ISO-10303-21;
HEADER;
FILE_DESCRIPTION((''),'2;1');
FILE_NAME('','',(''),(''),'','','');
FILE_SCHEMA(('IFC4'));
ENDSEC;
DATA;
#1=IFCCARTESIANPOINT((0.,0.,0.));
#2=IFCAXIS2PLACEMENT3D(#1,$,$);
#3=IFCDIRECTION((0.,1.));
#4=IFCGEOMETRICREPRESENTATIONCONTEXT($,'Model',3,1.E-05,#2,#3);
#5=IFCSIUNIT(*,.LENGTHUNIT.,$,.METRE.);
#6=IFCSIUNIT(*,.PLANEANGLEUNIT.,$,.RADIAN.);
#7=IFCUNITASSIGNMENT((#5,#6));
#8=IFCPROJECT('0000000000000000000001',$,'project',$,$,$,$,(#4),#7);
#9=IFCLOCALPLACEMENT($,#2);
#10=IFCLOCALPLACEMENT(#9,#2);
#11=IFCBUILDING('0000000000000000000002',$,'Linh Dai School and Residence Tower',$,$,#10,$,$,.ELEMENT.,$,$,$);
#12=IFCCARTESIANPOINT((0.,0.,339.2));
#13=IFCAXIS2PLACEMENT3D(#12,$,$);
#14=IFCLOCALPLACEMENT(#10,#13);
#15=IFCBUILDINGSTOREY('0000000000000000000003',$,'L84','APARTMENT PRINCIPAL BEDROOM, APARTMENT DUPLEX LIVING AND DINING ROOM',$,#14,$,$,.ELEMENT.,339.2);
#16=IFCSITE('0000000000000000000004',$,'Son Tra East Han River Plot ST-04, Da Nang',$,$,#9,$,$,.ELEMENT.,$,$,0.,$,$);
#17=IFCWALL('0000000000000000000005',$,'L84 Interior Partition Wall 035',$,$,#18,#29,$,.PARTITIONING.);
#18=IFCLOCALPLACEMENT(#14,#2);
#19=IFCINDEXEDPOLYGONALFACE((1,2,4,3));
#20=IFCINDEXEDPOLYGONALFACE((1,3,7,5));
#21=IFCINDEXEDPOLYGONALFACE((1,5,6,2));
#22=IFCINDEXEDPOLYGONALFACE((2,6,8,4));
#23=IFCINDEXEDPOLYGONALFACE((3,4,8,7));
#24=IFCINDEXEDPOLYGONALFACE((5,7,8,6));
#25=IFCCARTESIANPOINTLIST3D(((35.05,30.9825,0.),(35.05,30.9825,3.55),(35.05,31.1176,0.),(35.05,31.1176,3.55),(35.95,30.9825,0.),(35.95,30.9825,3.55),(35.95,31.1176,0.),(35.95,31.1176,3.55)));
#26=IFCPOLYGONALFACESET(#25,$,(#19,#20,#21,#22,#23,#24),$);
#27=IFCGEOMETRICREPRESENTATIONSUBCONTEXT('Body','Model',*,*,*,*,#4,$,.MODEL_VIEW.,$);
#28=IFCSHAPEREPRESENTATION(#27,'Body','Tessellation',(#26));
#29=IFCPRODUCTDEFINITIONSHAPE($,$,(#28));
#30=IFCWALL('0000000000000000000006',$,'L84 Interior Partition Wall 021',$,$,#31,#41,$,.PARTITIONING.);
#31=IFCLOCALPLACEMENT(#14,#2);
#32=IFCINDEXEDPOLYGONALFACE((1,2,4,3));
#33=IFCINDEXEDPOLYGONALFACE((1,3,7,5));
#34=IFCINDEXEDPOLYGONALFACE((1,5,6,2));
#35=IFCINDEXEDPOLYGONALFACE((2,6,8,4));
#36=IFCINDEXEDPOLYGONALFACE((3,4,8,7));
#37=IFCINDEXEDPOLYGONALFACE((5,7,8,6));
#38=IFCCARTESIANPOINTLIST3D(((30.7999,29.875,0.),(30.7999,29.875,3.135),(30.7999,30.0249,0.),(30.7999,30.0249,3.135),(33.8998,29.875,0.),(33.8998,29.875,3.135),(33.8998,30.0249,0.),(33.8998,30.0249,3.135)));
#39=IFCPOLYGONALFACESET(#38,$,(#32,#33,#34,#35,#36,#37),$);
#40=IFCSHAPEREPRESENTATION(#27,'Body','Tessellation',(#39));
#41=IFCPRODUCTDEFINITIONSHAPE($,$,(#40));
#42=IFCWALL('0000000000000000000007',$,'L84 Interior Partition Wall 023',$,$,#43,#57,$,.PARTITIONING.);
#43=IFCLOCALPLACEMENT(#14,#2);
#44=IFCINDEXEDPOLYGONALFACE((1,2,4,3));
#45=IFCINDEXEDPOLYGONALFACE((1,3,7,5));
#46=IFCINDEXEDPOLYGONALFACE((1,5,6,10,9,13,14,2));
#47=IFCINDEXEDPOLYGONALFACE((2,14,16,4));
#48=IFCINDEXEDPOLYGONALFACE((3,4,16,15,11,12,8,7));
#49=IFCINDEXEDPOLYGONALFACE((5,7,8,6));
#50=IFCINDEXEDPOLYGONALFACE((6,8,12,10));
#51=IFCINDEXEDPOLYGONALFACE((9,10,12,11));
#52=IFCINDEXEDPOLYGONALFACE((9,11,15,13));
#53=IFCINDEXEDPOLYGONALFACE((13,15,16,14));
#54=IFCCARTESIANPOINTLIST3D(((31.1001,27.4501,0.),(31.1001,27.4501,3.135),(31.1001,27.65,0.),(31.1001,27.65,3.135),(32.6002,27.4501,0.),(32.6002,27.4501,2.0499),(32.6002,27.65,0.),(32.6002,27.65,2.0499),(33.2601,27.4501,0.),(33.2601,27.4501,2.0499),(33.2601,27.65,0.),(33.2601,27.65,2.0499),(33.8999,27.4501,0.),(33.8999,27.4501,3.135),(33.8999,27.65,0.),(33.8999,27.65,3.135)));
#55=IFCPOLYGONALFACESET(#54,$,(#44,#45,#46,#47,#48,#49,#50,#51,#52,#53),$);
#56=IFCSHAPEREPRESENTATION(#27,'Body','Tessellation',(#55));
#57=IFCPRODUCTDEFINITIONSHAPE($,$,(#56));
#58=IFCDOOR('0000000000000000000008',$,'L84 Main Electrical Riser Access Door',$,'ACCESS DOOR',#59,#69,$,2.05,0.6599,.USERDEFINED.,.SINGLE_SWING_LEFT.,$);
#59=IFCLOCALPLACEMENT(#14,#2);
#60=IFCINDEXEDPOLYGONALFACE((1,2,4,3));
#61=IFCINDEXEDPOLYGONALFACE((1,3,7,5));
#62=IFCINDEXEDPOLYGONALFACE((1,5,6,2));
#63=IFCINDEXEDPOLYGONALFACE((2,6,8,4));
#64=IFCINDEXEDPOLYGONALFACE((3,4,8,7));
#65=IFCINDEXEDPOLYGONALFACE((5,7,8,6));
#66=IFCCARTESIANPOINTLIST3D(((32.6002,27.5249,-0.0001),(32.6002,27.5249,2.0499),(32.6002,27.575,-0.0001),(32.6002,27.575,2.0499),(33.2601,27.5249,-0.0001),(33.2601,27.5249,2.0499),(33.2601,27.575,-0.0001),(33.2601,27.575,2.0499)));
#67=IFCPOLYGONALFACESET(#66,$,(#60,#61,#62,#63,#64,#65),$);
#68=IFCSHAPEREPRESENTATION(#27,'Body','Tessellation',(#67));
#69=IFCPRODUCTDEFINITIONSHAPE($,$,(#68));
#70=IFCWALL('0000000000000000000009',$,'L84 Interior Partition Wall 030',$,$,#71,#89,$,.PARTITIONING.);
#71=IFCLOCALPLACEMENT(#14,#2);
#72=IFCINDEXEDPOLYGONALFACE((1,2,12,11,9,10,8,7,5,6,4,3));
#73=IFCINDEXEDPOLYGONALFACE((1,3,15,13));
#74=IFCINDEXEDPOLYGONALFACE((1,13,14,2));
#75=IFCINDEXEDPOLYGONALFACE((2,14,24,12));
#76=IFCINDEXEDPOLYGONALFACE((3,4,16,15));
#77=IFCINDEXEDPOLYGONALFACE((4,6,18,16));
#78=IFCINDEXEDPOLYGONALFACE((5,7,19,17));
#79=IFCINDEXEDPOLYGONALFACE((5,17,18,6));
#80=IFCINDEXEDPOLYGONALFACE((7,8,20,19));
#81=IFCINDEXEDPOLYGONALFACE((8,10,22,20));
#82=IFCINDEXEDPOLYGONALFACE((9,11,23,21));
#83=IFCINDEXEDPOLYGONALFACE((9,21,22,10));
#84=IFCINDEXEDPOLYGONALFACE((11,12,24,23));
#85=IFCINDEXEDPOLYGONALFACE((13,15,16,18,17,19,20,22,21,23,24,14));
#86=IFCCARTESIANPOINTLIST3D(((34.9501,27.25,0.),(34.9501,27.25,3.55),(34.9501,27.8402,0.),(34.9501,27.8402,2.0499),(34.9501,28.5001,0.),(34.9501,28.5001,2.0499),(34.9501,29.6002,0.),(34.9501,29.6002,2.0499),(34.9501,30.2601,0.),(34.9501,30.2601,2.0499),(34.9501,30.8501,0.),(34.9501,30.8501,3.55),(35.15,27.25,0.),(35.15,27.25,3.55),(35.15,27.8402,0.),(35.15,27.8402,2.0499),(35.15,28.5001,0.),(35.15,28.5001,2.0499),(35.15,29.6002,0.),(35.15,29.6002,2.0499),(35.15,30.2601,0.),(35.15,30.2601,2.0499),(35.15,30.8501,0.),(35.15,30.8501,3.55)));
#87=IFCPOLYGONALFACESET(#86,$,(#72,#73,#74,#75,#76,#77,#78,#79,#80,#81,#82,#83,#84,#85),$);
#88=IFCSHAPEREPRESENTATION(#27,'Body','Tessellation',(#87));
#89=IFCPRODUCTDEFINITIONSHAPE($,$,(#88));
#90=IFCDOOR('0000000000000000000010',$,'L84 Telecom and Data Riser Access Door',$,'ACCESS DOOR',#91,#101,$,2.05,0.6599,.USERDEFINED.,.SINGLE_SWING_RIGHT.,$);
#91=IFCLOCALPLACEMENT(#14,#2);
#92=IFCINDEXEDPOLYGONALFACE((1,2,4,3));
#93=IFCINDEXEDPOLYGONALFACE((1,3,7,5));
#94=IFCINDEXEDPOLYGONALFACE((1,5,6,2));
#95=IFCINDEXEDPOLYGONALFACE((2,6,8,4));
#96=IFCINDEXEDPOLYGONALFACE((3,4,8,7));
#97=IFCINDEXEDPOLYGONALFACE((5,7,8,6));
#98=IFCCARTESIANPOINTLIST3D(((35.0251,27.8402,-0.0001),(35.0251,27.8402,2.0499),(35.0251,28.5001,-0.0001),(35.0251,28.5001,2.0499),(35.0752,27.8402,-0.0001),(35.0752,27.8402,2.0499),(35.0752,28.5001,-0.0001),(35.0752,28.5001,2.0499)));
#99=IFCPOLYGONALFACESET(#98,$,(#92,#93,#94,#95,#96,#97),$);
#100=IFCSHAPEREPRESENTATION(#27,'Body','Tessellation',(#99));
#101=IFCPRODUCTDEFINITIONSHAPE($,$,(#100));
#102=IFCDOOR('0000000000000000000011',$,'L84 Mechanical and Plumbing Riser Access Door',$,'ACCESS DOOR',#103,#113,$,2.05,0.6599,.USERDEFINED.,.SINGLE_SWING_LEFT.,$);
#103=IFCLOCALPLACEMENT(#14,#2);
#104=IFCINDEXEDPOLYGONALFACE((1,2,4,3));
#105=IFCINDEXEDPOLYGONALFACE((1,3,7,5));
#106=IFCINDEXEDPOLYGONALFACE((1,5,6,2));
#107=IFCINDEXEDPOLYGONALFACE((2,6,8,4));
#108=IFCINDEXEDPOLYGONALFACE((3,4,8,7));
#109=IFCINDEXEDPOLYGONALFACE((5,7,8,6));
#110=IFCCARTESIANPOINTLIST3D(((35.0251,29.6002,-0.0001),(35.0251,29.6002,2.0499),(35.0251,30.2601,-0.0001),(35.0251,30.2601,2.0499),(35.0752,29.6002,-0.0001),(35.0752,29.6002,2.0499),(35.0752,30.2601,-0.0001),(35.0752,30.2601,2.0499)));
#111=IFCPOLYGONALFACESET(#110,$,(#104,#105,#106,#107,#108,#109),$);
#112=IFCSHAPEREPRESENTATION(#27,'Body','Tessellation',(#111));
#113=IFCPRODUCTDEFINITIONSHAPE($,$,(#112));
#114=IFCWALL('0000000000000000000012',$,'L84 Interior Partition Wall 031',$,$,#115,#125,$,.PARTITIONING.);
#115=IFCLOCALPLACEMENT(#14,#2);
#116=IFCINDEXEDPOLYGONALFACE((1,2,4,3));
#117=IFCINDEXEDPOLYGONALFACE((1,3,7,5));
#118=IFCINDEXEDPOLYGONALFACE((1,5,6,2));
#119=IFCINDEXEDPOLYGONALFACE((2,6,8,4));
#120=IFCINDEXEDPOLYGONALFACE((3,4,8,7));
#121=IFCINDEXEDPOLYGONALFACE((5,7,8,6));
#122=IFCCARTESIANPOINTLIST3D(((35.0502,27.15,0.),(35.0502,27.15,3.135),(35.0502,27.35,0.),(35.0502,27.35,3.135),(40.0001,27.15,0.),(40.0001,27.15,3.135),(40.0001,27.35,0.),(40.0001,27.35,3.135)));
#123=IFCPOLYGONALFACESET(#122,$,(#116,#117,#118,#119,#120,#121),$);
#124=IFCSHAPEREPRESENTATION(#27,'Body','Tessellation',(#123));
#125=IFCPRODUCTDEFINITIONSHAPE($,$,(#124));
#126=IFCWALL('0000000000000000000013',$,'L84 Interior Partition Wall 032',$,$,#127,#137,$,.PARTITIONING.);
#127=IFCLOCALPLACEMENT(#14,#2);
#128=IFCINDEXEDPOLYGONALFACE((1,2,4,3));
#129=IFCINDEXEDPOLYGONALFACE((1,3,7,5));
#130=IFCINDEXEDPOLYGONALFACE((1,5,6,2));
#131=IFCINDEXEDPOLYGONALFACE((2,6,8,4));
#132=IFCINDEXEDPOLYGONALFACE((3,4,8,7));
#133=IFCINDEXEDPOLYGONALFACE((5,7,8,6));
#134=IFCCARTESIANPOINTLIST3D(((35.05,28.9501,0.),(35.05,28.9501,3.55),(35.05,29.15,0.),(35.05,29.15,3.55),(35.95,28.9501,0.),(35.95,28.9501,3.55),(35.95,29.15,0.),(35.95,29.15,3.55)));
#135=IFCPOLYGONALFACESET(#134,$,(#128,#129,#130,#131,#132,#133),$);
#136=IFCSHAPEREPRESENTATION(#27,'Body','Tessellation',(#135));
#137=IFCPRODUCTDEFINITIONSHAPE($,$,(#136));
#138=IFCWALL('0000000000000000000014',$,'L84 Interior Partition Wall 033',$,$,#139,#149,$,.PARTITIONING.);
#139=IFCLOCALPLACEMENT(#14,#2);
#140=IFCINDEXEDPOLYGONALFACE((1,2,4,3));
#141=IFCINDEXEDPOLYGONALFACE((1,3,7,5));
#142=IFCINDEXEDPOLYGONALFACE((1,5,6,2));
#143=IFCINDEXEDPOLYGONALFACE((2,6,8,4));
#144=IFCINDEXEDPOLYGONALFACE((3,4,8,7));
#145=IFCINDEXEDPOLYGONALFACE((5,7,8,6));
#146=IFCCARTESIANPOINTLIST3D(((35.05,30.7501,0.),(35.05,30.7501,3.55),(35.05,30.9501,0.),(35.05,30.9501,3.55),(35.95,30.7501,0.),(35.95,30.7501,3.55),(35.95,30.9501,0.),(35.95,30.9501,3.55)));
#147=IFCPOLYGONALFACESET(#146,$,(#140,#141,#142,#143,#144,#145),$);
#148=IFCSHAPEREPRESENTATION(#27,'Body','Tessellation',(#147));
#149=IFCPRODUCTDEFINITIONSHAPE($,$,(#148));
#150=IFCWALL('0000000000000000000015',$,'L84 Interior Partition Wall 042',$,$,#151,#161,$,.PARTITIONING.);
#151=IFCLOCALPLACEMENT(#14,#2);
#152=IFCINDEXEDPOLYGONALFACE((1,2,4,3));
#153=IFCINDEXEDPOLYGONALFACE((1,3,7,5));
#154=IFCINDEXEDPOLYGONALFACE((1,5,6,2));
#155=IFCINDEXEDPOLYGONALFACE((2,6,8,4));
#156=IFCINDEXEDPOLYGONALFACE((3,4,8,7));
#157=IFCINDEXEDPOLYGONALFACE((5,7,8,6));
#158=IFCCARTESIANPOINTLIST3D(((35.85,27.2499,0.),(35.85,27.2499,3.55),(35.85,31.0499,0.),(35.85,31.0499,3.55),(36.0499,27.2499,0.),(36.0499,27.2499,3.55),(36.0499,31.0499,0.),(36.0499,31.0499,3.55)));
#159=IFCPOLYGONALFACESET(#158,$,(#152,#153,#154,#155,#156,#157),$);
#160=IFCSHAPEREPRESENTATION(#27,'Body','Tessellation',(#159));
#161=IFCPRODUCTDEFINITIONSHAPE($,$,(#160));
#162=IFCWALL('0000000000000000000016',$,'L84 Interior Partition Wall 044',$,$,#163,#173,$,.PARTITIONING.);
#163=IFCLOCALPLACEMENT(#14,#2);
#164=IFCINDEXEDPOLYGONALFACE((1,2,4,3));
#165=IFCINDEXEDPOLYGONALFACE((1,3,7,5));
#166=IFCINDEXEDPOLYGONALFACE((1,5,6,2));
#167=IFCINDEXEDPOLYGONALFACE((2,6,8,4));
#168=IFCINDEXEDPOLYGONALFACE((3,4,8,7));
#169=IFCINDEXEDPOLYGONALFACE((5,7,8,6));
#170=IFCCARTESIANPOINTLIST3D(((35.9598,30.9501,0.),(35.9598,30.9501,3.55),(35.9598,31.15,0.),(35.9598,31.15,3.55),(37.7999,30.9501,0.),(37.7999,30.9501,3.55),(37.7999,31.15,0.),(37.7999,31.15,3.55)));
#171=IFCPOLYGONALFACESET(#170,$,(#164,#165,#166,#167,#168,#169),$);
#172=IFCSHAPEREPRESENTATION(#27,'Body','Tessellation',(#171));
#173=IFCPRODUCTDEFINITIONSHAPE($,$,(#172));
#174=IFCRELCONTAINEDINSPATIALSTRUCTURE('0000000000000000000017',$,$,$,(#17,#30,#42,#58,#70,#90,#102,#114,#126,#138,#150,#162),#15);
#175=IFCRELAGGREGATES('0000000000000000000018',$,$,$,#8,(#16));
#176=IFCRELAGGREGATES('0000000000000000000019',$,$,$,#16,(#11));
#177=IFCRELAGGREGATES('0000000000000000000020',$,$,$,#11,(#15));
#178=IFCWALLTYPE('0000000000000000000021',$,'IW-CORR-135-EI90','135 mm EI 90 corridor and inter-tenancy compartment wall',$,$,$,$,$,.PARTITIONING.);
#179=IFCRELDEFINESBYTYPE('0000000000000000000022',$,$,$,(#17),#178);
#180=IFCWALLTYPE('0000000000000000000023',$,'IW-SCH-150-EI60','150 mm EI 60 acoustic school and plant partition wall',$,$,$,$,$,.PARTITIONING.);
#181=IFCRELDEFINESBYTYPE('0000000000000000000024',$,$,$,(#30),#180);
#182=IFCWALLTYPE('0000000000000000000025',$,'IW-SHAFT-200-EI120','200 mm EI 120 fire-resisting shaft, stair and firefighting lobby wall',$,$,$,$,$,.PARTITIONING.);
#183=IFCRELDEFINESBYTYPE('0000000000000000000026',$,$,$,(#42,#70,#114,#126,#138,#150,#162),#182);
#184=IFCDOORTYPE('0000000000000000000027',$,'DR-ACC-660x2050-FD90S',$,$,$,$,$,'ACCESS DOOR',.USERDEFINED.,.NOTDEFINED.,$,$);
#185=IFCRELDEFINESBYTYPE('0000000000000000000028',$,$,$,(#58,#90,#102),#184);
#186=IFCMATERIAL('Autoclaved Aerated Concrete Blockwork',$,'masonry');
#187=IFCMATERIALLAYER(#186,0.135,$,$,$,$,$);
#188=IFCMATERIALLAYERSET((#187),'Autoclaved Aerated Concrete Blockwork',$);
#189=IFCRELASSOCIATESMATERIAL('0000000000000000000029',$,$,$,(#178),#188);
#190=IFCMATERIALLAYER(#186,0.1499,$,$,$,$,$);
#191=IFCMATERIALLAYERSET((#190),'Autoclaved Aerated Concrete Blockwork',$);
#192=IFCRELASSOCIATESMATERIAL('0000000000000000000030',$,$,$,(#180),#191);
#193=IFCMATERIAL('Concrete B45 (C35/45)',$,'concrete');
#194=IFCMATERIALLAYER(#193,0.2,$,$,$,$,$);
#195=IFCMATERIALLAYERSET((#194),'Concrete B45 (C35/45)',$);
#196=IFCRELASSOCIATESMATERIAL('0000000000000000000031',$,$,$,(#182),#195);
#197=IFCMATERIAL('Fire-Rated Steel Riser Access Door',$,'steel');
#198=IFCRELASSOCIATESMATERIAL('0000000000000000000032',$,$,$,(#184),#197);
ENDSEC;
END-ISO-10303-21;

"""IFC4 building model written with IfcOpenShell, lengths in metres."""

from ifc_helpers import new_model, si_unit, direction, frame, frame_2d, origin, origin_2d, place, context, subcontext, project, spatial, rectangle, extrude, source, transform, mapped, material, layer, layer_set, type_object, element, fill, save


model = new_model("IFC4")

# Units and contexts
model_context = context("Model", 3, precision=1e-05, world=origin(), true_north=direction((0.0, 1.0)))
body_context = subcontext(model_context, "Body", "Model", "MODEL_VIEW")
ifc_project = project(units=[si_unit("LENGTHUNIT", "METRE"), si_unit("PLANEANGLEUNIT", "RADIAN")], contexts=[model_context])

# Site, building, storey
site_placement = place(None, origin())
site = spatial("IfcSite", under=ifc_project, at=site_placement, Name="Son Tra East Han River Plot ST-04, Da Nang", CompositionType="ELEMENT", RefElevation=0.0)
building_placement = place(site_placement, origin())
building = spatial("IfcBuilding", under=site, at=building_placement, Name="Linh Dai School and Residence Tower", CompositionType="ELEMENT")
storey_placement = place(building_placement, frame((0.0, 0.0, 339.2)))
storey = spatial("IfcBuildingStorey", under=building, at=storey_placement, Name="L84", Description="APARTMENT PRINCIPAL BEDROOM, APARTMENT DUPLEX LIVING AND DINING ROOM", CompositionType="ELEMENT", Elevation=339.2)

# Shared definitions
ifc_material_1 = material(Name="Autoclaved Aerated Concrete Blockwork", Category="masonry")
ifc_layer_1 = layer(ifc_material_1, 0.135)
ifc_layer_set_1 = layer_set([ifc_layer_1], Name="Autoclaved Aerated Concrete Blockwork")
wall_type_1 = type_object("IfcWallType", Name="IW-CORR-135-EI90", Description="135 mm EI 90 corridor and inter-tenancy compartment wall", PredefinedType="PARTITIONING", material=ifc_layer_set_1)

# Walls
wall_1_placement = place(storey_placement, frame((35.05, 31.05, 0.0), z_axis=(0.0, 0.0, 1.0), x_axis=(1.0, 0.0, 0.0)))
element("IfcWall", 1, at=wall_1_placement, inside=storey, type_object=wall_type_1, Name="L84 Interior Partition Wall 035", PredefinedType="PARTITIONING", context=body_context, shape_type="SweptSolid", body=[
    extrude(rectangle(XDim=0.8999, YDim=0.135, at=frame_2d((0.45, 0.0))), origin(), (0.0, 0.0, 1.0), 3.55),
])
ifc_layer_2 = layer(ifc_material_1, 0.1499)
ifc_layer_set_2 = layer_set([ifc_layer_2], Name="Autoclaved Aerated Concrete Blockwork")
wall_type_2 = type_object("IfcWallType", Name="IW-SCH-150-EI60", Description="150 mm EI 60 acoustic school and plant partition wall", PredefinedType="PARTITIONING", material=ifc_layer_set_2)
wall_2_placement = place(storey_placement, frame((30.8, 29.95, 0.0), z_axis=(0.0, 0.0, 1.0), x_axis=(1.0, 0.0, 0.0)))
element("IfcWall", 2, at=wall_2_placement, inside=storey, type_object=wall_type_2, Name="L84 Interior Partition Wall 021", PredefinedType="PARTITIONING", context=body_context, shape_type="SweptSolid", body=[
    extrude(rectangle(XDim=3.0999, YDim=0.1499, at=frame_2d((1.5498, 0.0))), origin(), (0.0, 0.0, 1.0), 3.135),
])

# Wall, opening, door
ifc_material_2 = material(Name="Concrete B45 (C35/45)", Category="concrete")
ifc_layer_3 = layer(ifc_material_2, 0.2)
ifc_layer_set_3 = layer_set([ifc_layer_3], Name="Concrete B45 (C35/45)")
wall_type_3 = type_object("IfcWallType", Name="IW-SHAFT-200-EI120", Description="200 mm EI 120 fire-resisting shaft, stair and firefighting lobby wall", PredefinedType="PARTITIONING", material=ifc_layer_set_3)
wall_3_placement = place(storey_placement, frame((31.1001, 27.55, 0.0), z_axis=(0.0, 0.0, 1.0), x_axis=(1.0, 0.0, 0.0)))
wall_3 = element("IfcWall", 3, at=wall_3_placement, inside=storey, type_object=wall_type_3, Name="L84 Interior Partition Wall 023", PredefinedType="PARTITIONING", context=body_context, shape_type="SweptSolid", body=[
    extrude(rectangle(XDim=2.7998, YDim=0.2, at=frame_2d((1.3999, 0.0))), origin(), (0.0, 0.0, 1.0), 3.135),
])
opening_1_placement = place(wall_3_placement, frame((1.5, 0.0, 0.0)))
opening_1 = element("IfcOpeningElement", 4, at=opening_1_placement, cuts=wall_3, PredefinedType="OPENING", context=body_context, shape_type="SweptSolid", body=[
    extrude(rectangle(XDim=0.6599, YDim=2.05, at=origin_2d()), frame((0.3301, 0.1099, 1.0249), z_axis=(0.0, -1.0, 0.0), x_axis=(1.0, 0.0, 0.0)), (0.0, 0.0, 1.0), 0.22),
])
ifc_material_3 = material(Name="Fire-Rated Steel Riser Access Door", Category="steel")
door_type_1 = type_object("IfcDoorType", Name="DR-ACC-660x2050-FD90S", ElementType="ACCESS DOOR", OperationType="NOTDEFINED", PredefinedType="USERDEFINED", material=ifc_material_3)
shared_shape_1 = source(origin(), body_context, "Body", "SweptSolid", [
    extrude(rectangle(XDim=0.6599, YDim=2.05, at=origin_2d()), frame((0.3301, 0.0249, 1.0249), z_axis=(0.0, -1.0, 0.0), x_axis=(1.0, 0.0, 0.0)), (0.0, 0.0, 1.0), 0.05),
])
door_1_placement = place(opening_1_placement, origin())
door_1 = element("IfcDoor", 5, at=door_1_placement, inside=storey, type_object=door_type_1, Name="L84 Main Electrical Riser Access Door", ObjectType="ACCESS DOOR", OperationType="SINGLE_SWING_LEFT", OverallHeight=2.05, OverallWidth=0.6599, PredefinedType="USERDEFINED", context=body_context, shape_type="MappedRepresentation", body=[
    mapped(shared_shape_1, transform((0.0, 0.0, 0.0), x_axis=(1.0, 0.0, 0.0), y_axis=(0.0, 1.0, 0.0), z_axis=(0.0, 0.0, 1.0), scale=1.0)),
])
fill(opening_1, door_1)

# Wall, openings, doors
wall_4_placement = place(storey_placement, frame((35.05, 27.25, 0.0), z_axis=(0.0, 0.0, 1.0), x_axis=(0.0, 1.0, 0.0)))
wall_4 = element("IfcWall", 6, at=wall_4_placement, inside=storey, type_object=wall_type_3, Name="L84 Interior Partition Wall 030", PredefinedType="PARTITIONING", context=body_context, shape_type="SweptSolid", body=[
    extrude(rectangle(XDim=3.6001, YDim=0.2, at=frame_2d((1.8, 0.0))), origin(), (0.0, 0.0, 1.0), 3.55),
])
opening_2_placement = place(wall_4_placement, frame((0.5901, 0.0, 0.0)))
opening_2 = element("IfcOpeningElement", 7, at=opening_2_placement, cuts=wall_4, PredefinedType="OPENING", context=body_context, shape_type="SweptSolid", body=[
    extrude(rectangle(XDim=0.6599, YDim=2.05, at=origin_2d()), frame((0.3301, 0.1099, 1.0249), z_axis=(0.0, -1.0, 0.0), x_axis=(1.0, 0.0, 0.0)), (0.0, 0.0, 1.0), 0.22),
])
opening_3_placement = place(wall_4_placement, frame((2.3501, 0.0, 0.0)))
opening_3 = element("IfcOpeningElement", 8, at=opening_3_placement, cuts=wall_4, PredefinedType="OPENING", context=body_context, shape_type="SweptSolid", body=[
    extrude(rectangle(XDim=0.6599, YDim=2.05, at=origin_2d()), frame((0.3301, 0.1099, 1.0249), z_axis=(0.0, -1.0, 0.0), x_axis=(1.0, 0.0, 0.0)), (0.0, 0.0, 1.0), 0.22),
])
door_2_placement = place(opening_2_placement, origin())
door_2 = element("IfcDoor", 9, at=door_2_placement, inside=storey, type_object=door_type_1, Name="L84 Telecom and Data Riser Access Door", ObjectType="ACCESS DOOR", OperationType="SINGLE_SWING_RIGHT", OverallHeight=2.05, OverallWidth=0.6599, PredefinedType="USERDEFINED", context=body_context, shape_type="MappedRepresentation", body=[
    mapped(shared_shape_1, transform((0.0, 0.0, 0.0), x_axis=(1.0, 0.0, 0.0), y_axis=(0.0, 1.0, 0.0), z_axis=(0.0, 0.0, 1.0), scale=1.0)),
])
fill(opening_2, door_2)
door_3_placement = place(opening_3_placement, origin())
door_3 = element("IfcDoor", 10, at=door_3_placement, inside=storey, type_object=door_type_1, Name="L84 Mechanical and Plumbing Riser Access Door", ObjectType="ACCESS DOOR", OperationType="SINGLE_SWING_LEFT", OverallHeight=2.05, OverallWidth=0.6599, PredefinedType="USERDEFINED", context=body_context, shape_type="MappedRepresentation", body=[
    mapped(shared_shape_1, transform((0.0, 0.0, 0.0), x_axis=(1.0, 0.0, 0.0), y_axis=(0.0, 1.0, 0.0), z_axis=(0.0, 0.0, 1.0), scale=1.0)),
])
fill(opening_3, door_3)

# Walls
wall_5_placement = place(storey_placement, frame((35.05, 27.25, 0.0), z_axis=(0.0, 0.0, 1.0), x_axis=(1.0, 0.0, 0.0)))
element("IfcWall", 11, at=wall_5_placement, inside=storey, type_object=wall_type_3, Name="L84 Interior Partition Wall 031", PredefinedType="PARTITIONING", context=body_context, shape_type="SweptSolid", body=[
    extrude(rectangle(XDim=4.95, YDim=0.2, at=frame_2d((2.4751, 0.0))), origin(), (0.0, 0.0, 1.0), 3.135),
])
for number, where, z_axis, x_axis, name in (
    (12, (35.05, 29.05, 0.0), (0.0, 0.0, 1.0), (1.0, 0.0, 0.0), "L84 Interior Partition Wall 032"),
    (13, (35.05, 30.8501, 0.0), (0.0, 0.0, 1.0), (1.0, 0.0, 0.0), "L84 Interior Partition Wall 033"),
):
    element("IfcWall", number, at=place(storey_placement, frame(where, z_axis=z_axis, x_axis=x_axis)), inside=storey, type_object=wall_type_3, Name=name, PredefinedType="PARTITIONING", context=body_context, shape_type="SweptSolid", body=[
        extrude(rectangle(XDim=0.8999, YDim=0.2, at=frame_2d((0.45, 0.0))), origin(), (0.0, 0.0, 1.0), 3.55),
    ])
wall_6_placement = place(storey_placement, frame((35.95, 27.25, 0.0), z_axis=(0.0, 0.0, 1.0), x_axis=(0.0, 1.0, 0.0)))
element("IfcWall", 14, at=wall_6_placement, inside=storey, type_object=wall_type_3, Name="L84 Interior Partition Wall 042", PredefinedType="PARTITIONING", context=body_context, shape_type="SweptSolid", body=[
    extrude(rectangle(XDim=3.8, YDim=0.2, at=frame_2d((1.8999, 0.0))), origin(), (0.0, 0.0, 1.0), 3.55),
])

# Wall
wall_7_placement = place(storey_placement, frame((35.96, 31.05, 0.0), z_axis=(0.0, 0.0, 1.0), x_axis=(1.0, 0.0, 0.0)))
element("IfcWall", 15, at=wall_7_placement, inside=storey, type_object=wall_type_3, Name="L84 Interior Partition Wall 044", PredefinedType="PARTITIONING", context=body_context, shape_type="SweptSolid", body=[
    extrude(rectangle(XDim=1.8401, YDim=0.2, at=frame_2d((0.9199, 0.0))), origin(), (0.0, 0.0, 1.0), 3.55),
])

save(model, "model.ifc")
